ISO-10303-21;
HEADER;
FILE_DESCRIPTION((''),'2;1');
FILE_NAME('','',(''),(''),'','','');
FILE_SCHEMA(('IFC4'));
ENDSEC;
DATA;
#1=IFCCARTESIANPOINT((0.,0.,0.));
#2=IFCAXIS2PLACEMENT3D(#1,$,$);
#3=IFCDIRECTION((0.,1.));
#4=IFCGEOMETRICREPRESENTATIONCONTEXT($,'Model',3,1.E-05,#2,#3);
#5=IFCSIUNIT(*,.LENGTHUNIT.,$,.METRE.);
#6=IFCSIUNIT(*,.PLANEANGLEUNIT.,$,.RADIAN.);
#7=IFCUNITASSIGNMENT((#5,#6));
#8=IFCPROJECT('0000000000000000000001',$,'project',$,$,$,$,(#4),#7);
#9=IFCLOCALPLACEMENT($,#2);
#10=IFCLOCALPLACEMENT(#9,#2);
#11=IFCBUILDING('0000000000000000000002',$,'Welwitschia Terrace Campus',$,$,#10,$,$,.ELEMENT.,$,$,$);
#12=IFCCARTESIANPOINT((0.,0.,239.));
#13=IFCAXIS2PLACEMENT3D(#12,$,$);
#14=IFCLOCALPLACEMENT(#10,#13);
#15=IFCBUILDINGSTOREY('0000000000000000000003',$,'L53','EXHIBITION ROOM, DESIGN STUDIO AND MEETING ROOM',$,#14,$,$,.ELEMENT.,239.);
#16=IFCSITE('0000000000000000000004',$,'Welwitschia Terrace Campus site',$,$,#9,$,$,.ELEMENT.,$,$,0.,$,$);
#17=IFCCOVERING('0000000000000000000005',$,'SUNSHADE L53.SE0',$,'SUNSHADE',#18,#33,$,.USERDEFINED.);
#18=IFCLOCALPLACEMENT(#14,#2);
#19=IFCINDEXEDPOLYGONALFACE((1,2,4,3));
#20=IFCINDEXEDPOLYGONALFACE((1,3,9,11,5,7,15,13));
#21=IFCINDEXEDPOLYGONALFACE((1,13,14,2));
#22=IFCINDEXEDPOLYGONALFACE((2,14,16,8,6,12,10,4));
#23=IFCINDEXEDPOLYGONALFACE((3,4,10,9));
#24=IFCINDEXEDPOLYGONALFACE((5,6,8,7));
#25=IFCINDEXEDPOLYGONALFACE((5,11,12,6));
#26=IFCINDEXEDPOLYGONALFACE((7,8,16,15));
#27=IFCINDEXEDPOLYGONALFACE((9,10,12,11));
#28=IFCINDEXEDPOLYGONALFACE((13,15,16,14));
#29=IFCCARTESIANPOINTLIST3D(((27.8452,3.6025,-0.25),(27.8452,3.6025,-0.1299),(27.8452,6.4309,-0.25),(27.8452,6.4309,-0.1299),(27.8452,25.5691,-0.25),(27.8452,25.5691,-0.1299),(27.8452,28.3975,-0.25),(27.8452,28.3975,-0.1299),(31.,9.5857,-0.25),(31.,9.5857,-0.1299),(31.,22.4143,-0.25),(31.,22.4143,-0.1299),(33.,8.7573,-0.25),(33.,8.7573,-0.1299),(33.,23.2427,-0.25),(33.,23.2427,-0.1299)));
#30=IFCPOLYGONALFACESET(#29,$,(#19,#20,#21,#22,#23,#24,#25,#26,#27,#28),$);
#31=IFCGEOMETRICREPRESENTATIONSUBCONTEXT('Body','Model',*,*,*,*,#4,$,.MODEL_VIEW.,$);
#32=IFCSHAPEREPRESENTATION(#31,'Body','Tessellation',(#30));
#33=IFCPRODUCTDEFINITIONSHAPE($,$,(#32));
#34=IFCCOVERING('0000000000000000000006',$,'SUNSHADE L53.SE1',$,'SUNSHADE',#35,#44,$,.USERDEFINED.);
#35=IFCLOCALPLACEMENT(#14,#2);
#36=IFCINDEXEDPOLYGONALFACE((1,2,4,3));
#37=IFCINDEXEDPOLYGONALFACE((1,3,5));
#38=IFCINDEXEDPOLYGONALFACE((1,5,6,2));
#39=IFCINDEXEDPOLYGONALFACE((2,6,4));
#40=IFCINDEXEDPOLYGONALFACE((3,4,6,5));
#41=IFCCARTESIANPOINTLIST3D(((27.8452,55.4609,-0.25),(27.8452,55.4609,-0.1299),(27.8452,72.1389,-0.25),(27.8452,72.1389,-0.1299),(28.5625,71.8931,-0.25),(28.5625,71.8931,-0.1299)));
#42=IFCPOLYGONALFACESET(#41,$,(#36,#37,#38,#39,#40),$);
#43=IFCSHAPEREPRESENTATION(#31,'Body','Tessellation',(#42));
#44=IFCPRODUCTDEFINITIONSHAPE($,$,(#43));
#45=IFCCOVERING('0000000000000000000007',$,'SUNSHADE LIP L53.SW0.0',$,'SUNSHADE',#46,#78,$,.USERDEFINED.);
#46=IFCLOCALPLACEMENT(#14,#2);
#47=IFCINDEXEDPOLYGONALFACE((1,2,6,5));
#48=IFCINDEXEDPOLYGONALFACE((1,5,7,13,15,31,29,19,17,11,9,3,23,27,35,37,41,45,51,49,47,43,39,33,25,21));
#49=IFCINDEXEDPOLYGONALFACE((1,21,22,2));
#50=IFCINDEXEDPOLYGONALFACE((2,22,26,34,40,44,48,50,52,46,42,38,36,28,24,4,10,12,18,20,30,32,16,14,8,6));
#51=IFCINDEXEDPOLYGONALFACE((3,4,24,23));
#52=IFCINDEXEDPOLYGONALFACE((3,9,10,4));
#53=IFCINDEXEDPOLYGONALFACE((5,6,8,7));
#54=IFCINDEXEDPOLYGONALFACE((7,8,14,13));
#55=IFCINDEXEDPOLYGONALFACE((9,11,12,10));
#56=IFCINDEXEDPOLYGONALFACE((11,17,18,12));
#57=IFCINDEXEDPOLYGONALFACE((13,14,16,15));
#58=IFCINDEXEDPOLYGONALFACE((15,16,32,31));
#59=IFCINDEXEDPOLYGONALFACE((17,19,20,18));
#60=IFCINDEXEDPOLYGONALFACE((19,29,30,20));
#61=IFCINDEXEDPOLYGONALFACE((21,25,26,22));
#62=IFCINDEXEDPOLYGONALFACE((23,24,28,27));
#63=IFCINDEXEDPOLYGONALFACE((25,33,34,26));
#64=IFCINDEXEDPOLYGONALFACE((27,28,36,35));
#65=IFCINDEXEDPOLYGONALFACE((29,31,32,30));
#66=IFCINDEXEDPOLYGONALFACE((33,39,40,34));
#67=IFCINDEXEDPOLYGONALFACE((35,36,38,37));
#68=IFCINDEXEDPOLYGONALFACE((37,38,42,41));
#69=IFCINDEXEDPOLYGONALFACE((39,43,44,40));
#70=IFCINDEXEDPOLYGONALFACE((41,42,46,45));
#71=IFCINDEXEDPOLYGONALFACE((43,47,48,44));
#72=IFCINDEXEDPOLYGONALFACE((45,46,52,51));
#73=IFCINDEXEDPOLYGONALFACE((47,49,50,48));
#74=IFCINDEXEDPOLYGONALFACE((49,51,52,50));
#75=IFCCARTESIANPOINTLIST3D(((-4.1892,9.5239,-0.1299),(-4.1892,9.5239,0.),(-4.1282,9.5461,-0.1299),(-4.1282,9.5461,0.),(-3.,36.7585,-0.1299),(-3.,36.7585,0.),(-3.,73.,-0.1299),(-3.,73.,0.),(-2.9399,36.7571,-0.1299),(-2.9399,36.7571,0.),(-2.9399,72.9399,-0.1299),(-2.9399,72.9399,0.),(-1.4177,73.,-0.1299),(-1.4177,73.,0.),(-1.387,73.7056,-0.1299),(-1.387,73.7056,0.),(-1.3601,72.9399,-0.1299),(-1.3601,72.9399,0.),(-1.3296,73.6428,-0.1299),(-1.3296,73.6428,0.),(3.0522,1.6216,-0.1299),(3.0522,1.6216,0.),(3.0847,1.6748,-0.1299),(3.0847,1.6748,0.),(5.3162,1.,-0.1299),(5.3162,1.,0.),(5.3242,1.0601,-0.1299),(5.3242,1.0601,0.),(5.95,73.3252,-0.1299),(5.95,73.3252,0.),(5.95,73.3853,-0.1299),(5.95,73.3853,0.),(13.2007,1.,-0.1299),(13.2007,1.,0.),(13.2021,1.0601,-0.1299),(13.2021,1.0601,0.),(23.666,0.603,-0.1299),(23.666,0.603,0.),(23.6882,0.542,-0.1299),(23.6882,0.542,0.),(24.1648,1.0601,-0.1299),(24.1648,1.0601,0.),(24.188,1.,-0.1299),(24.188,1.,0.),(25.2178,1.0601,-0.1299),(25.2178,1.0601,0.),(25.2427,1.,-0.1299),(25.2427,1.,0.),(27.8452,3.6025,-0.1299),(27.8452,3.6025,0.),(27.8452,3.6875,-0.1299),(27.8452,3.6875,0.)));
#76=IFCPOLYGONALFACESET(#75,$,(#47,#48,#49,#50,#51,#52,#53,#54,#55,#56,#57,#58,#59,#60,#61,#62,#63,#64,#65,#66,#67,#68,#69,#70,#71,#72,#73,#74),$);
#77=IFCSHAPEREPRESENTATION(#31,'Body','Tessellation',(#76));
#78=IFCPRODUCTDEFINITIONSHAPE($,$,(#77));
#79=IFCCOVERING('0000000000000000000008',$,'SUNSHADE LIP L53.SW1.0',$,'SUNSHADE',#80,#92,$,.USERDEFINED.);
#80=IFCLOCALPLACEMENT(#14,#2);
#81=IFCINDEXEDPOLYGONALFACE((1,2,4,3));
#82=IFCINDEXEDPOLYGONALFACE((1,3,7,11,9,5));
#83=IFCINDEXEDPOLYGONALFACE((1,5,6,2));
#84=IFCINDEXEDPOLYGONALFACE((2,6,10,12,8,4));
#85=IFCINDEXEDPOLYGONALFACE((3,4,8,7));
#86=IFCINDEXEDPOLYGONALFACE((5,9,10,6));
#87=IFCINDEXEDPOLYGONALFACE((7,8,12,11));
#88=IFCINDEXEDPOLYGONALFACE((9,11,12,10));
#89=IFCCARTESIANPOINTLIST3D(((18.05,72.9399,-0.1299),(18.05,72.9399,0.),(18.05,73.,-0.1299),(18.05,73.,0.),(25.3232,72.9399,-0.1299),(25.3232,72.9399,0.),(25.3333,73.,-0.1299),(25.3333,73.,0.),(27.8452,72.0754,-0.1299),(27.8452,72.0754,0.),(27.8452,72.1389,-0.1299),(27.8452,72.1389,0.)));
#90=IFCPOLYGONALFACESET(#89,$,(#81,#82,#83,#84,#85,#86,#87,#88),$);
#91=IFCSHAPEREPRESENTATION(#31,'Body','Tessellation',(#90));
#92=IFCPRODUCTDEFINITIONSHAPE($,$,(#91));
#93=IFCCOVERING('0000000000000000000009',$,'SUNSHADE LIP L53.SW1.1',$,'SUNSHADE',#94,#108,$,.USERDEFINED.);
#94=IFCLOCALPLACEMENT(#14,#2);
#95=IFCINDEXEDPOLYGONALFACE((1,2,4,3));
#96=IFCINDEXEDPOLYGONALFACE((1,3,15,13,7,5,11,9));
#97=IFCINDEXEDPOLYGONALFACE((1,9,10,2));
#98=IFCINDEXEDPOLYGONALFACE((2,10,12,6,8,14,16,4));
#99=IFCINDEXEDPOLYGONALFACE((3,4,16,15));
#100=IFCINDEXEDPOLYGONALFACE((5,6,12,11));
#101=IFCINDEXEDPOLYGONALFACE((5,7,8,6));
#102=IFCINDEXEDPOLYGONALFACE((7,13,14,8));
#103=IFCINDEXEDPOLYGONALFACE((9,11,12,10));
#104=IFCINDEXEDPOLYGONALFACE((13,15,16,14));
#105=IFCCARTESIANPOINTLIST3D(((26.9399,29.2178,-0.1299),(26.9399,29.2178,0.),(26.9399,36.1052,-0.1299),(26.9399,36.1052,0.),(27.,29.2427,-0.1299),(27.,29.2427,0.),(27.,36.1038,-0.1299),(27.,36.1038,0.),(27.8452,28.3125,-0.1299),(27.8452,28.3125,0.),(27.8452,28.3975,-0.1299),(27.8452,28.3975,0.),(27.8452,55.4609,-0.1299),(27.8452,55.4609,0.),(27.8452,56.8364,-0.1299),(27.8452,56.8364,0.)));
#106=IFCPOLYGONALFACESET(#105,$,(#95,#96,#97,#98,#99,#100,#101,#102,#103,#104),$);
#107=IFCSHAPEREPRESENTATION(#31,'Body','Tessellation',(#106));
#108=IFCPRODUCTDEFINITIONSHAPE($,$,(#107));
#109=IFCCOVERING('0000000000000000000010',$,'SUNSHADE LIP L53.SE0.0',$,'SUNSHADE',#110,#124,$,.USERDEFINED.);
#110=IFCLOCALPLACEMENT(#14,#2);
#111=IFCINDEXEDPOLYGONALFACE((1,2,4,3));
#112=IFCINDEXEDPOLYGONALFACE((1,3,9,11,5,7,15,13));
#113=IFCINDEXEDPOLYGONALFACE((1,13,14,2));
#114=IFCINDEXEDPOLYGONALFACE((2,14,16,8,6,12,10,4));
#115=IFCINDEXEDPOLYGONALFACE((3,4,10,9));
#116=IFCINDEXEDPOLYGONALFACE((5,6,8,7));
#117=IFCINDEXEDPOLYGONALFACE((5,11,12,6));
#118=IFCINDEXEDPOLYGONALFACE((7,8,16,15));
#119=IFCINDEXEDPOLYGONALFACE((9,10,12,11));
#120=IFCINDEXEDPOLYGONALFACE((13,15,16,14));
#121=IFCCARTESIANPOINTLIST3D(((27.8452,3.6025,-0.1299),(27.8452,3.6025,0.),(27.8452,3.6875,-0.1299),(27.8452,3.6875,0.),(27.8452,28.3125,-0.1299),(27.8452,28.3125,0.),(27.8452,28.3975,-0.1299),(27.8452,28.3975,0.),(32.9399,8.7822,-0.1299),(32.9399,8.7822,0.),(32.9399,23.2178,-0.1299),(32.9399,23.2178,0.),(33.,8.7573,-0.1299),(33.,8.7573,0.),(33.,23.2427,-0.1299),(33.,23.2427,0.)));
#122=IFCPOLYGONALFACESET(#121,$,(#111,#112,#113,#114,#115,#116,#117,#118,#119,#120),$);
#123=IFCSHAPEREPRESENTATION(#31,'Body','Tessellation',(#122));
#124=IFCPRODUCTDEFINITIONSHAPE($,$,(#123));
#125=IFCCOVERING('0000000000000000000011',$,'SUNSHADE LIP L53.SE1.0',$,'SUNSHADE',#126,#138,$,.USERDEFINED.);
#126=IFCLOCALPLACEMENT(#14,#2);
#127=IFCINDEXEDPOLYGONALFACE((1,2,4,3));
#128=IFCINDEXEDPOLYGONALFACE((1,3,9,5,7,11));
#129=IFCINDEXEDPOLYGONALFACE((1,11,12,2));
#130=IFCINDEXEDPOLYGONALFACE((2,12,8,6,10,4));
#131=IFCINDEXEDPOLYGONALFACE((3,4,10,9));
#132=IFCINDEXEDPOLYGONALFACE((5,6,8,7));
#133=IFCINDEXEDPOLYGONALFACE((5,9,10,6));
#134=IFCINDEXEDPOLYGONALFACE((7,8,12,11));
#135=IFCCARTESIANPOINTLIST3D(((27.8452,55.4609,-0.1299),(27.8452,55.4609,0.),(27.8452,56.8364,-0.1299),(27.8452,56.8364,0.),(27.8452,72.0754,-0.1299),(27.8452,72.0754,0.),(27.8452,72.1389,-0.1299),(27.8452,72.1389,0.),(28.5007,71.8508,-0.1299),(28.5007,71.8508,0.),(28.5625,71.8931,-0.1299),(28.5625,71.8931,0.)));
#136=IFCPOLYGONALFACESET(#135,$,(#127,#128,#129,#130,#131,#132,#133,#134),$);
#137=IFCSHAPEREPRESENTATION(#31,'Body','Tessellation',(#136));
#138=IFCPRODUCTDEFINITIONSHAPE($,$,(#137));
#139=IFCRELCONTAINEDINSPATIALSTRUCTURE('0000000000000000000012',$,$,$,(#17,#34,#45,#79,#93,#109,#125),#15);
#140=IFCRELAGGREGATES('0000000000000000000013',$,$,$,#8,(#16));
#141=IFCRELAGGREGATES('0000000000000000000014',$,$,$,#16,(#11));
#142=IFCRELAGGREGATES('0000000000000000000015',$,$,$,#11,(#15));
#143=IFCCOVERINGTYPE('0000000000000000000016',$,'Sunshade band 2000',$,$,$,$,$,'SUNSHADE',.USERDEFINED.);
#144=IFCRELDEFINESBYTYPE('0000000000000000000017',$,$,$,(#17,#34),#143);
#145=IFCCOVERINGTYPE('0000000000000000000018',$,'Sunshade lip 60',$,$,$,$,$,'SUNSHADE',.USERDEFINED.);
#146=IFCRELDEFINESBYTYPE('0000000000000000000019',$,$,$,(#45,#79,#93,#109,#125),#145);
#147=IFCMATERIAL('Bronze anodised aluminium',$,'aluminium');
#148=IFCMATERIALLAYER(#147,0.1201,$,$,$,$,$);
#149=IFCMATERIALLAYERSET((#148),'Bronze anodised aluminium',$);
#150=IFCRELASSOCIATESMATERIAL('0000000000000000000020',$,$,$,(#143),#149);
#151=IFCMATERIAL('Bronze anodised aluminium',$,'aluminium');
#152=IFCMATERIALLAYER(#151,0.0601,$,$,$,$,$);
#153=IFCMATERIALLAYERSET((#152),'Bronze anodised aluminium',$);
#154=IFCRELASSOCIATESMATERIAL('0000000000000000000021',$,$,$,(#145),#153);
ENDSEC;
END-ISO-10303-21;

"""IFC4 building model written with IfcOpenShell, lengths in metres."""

from ifc_helpers import new_model, si_unit, direction, frame, origin, place, context, subcontext, project, spatial, polyline, outline, extrude, material, layer, layer_set, type_object, element, save


model = new_model("IFC4")

# Units and contexts
model_context = context("Model", 3, precision=1e-05, world=origin(), true_north=direction((0.0, 1.0)))
body_context = subcontext(model_context, "Body", "Model", "MODEL_VIEW")
ifc_project = project(units=[si_unit("LENGTHUNIT", "METRE"), si_unit("PLANEANGLEUNIT", "RADIAN")], contexts=[model_context])

# Site, building, storey
site_placement = place(None, origin())
site = spatial("IfcSite", under=ifc_project, at=site_placement, Name="Welwitschia Terrace Campus site", CompositionType="ELEMENT", RefElevation=0.0)
building_placement = place(site_placement, origin())
building = spatial("IfcBuilding", under=site, at=building_placement, Name="Welwitschia Terrace Campus", CompositionType="ELEMENT")
storey_placement = place(building_placement, frame((0.0, 0.0, 239.0)))
storey = spatial("IfcBuildingStorey", under=building, at=storey_placement, Name="L53", Description="EXHIBITION ROOM, DESIGN STUDIO AND MEETING ROOM", CompositionType="ELEMENT", Elevation=239.0)

# Coverings
ifc_material_1 = material(Name="Bronze anodised aluminium", Category="aluminium")
ifc_layer_1 = layer(ifc_material_1, 0.1201)
ifc_layer_set_1 = layer_set([ifc_layer_1], Name="Bronze anodised aluminium")
covering_type_1 = type_object("IfcCoveringType", Name="Sunshade band 2000", ElementType="SUNSHADE", PredefinedType="USERDEFINED", material=ifc_layer_set_1)
covering_1_placement = place(storey_placement, frame((0.0, 0.0, -0.25)))
element("IfcCovering", 1, at=covering_1_placement, inside=storey, type_object=covering_type_1, Name="SUNSHADE L53.SE0", ObjectType="SUNSHADE", PredefinedType="USERDEFINED", context=body_context, shape_type="SweptSolid", body=[
    extrude(outline(polyline([(31.0, 9.5857), (31.0, 22.4143), (27.8452, 25.5691), (27.8452, 28.3975), (33.0, 23.2427), (33.0, 8.7573), (27.8452, 3.6025), (27.8452, 6.4309), (31.0, 9.5857)])), origin(), (0.0, 0.0, 1.0), 0.1201),
])
covering_2_placement = place(storey_placement, frame((0.0, 0.0, -0.25)))
element("IfcCovering", 2, at=covering_2_placement, inside=storey, type_object=covering_type_1, Name="SUNSHADE L53.SE1", ObjectType="SUNSHADE", PredefinedType="USERDEFINED", context=body_context, shape_type="SweptSolid", body=[
    extrude(outline(polyline([(28.5625, 71.8931), (27.8452, 55.4609), (27.8452, 72.1389), (28.5625, 71.8931)])), origin(), (0.0, 0.0, 1.0), 0.1201),
])
ifc_material_2 = material(Name="Bronze anodised aluminium", Category="aluminium")
ifc_layer_2 = layer(ifc_material_2, 0.0601)
ifc_layer_set_2 = layer_set([ifc_layer_2], Name="Bronze anodised aluminium")
covering_type_2 = type_object("IfcCoveringType", Name="Sunshade lip 60", ElementType="SUNSHADE", PredefinedType="USERDEFINED", material=ifc_layer_set_2)
covering_3_placement = place(storey_placement, frame((0.0, 0.0, -0.1299)))
element("IfcCovering", 3, at=covering_3_placement, inside=storey, type_object=covering_type_2, Name="SUNSHADE LIP L53.SW0.0", ObjectType="SUNSHADE", PredefinedType="USERDEFINED", context=body_context, shape_type="SweptSolid", body=[
    extrude(outline(polyline([(5.95, 73.3252), (-1.3296, 73.6428), (-1.3601, 72.9399), (-2.9399, 72.9399), (-2.9399, 36.7571), (-4.1282, 9.5461), (3.0847, 1.6748), (5.3242, 1.0601), (13.2021, 1.0601), (23.666, 0.603), (24.1648, 1.0601), (25.2178, 1.0601), (27.8452, 3.6875), (27.8452, 3.6025), (25.2427, 1.0), (24.188, 1.0), (23.6882, 0.542), (13.2007, 1.0), (5.3162, 1.0), (3.0522, 1.6216), (-4.1892, 9.5239), (-3.0, 36.7585), (-3.0, 73.0), (-1.4177, 73.0), (-1.387, 73.7056), (5.95, 73.3853), (5.95, 73.3252)])), origin(), (0.0, 0.0, 1.0), 0.1299),
])
covering_4_placement = place(storey_placement, frame((0.0, 0.0, -0.1299)))
element("IfcCovering", 4, at=covering_4_placement, inside=storey, type_object=covering_type_2, Name="SUNSHADE LIP L53.SW1.0", ObjectType="SUNSHADE", PredefinedType="USERDEFINED", context=body_context, shape_type="SweptSolid", body=[
    extrude(outline(polyline([(18.05, 73.0), (25.3333, 73.0), (27.8452, 72.1389), (27.8452, 72.0754), (25.3232, 72.9399), (18.05, 72.9399), (18.05, 73.0)])), origin(), (0.0, 0.0, 1.0), 0.1299),
])
covering_5_placement = place(storey_placement, frame((0.0, 0.0, -0.1299)))
element("IfcCovering", 5, at=covering_5_placement, inside=storey, type_object=covering_type_2, Name="SUNSHADE LIP L53.SW1.1", ObjectType="SUNSHADE", PredefinedType="USERDEFINED", context=body_context, shape_type="SweptSolid", body=[
    extrude(outline(polyline([(27.8452, 55.4609), (27.0, 36.1038), (27.0, 29.2427), (27.8452, 28.3975), (27.8452, 28.3125), (26.9399, 29.2178), (26.9399, 36.1052), (27.8452, 56.8364), (27.8452, 55.4609)])), origin(), (0.0, 0.0, 1.0), 0.1299),
])
covering_6_placement = place(storey_placement, frame((0.0, 0.0, -0.1299)))
element("IfcCovering", 6, at=covering_6_placement, inside=storey, type_object=covering_type_2, Name="SUNSHADE LIP L53.SE0.0", ObjectType="SUNSHADE", PredefinedType="USERDEFINED", context=body_context, shape_type="SweptSolid", body=[
    extrude(outline(polyline([(27.8452, 28.3975), (33.0, 23.2427), (33.0, 8.7573), (27.8452, 3.6025), (27.8452, 3.6875), (32.9399, 8.7822), (32.9399, 23.2178), (27.8452, 28.3125), (27.8452, 28.3975)])), origin(), (0.0, 0.0, 1.0), 0.1299),
])
covering_7_placement = place(storey_placement, frame((0.0, 0.0, -0.1299)))
element("IfcCovering", 7, at=covering_7_placement, inside=storey, type_object=covering_type_2, Name="SUNSHADE LIP L53.SE1.0", ObjectType="SUNSHADE", PredefinedType="USERDEFINED", context=body_context, shape_type="SweptSolid", body=[
    extrude(outline(polyline([(27.8452, 55.4609), (27.8452, 56.8364), (28.5007, 71.8508), (27.8452, 72.0754), (27.8452, 72.1389), (28.5625, 71.8931), (27.8452, 55.4609)])), origin(), (0.0, 0.0, 1.0), 0.1299),
])

save(model, "model.ifc")
